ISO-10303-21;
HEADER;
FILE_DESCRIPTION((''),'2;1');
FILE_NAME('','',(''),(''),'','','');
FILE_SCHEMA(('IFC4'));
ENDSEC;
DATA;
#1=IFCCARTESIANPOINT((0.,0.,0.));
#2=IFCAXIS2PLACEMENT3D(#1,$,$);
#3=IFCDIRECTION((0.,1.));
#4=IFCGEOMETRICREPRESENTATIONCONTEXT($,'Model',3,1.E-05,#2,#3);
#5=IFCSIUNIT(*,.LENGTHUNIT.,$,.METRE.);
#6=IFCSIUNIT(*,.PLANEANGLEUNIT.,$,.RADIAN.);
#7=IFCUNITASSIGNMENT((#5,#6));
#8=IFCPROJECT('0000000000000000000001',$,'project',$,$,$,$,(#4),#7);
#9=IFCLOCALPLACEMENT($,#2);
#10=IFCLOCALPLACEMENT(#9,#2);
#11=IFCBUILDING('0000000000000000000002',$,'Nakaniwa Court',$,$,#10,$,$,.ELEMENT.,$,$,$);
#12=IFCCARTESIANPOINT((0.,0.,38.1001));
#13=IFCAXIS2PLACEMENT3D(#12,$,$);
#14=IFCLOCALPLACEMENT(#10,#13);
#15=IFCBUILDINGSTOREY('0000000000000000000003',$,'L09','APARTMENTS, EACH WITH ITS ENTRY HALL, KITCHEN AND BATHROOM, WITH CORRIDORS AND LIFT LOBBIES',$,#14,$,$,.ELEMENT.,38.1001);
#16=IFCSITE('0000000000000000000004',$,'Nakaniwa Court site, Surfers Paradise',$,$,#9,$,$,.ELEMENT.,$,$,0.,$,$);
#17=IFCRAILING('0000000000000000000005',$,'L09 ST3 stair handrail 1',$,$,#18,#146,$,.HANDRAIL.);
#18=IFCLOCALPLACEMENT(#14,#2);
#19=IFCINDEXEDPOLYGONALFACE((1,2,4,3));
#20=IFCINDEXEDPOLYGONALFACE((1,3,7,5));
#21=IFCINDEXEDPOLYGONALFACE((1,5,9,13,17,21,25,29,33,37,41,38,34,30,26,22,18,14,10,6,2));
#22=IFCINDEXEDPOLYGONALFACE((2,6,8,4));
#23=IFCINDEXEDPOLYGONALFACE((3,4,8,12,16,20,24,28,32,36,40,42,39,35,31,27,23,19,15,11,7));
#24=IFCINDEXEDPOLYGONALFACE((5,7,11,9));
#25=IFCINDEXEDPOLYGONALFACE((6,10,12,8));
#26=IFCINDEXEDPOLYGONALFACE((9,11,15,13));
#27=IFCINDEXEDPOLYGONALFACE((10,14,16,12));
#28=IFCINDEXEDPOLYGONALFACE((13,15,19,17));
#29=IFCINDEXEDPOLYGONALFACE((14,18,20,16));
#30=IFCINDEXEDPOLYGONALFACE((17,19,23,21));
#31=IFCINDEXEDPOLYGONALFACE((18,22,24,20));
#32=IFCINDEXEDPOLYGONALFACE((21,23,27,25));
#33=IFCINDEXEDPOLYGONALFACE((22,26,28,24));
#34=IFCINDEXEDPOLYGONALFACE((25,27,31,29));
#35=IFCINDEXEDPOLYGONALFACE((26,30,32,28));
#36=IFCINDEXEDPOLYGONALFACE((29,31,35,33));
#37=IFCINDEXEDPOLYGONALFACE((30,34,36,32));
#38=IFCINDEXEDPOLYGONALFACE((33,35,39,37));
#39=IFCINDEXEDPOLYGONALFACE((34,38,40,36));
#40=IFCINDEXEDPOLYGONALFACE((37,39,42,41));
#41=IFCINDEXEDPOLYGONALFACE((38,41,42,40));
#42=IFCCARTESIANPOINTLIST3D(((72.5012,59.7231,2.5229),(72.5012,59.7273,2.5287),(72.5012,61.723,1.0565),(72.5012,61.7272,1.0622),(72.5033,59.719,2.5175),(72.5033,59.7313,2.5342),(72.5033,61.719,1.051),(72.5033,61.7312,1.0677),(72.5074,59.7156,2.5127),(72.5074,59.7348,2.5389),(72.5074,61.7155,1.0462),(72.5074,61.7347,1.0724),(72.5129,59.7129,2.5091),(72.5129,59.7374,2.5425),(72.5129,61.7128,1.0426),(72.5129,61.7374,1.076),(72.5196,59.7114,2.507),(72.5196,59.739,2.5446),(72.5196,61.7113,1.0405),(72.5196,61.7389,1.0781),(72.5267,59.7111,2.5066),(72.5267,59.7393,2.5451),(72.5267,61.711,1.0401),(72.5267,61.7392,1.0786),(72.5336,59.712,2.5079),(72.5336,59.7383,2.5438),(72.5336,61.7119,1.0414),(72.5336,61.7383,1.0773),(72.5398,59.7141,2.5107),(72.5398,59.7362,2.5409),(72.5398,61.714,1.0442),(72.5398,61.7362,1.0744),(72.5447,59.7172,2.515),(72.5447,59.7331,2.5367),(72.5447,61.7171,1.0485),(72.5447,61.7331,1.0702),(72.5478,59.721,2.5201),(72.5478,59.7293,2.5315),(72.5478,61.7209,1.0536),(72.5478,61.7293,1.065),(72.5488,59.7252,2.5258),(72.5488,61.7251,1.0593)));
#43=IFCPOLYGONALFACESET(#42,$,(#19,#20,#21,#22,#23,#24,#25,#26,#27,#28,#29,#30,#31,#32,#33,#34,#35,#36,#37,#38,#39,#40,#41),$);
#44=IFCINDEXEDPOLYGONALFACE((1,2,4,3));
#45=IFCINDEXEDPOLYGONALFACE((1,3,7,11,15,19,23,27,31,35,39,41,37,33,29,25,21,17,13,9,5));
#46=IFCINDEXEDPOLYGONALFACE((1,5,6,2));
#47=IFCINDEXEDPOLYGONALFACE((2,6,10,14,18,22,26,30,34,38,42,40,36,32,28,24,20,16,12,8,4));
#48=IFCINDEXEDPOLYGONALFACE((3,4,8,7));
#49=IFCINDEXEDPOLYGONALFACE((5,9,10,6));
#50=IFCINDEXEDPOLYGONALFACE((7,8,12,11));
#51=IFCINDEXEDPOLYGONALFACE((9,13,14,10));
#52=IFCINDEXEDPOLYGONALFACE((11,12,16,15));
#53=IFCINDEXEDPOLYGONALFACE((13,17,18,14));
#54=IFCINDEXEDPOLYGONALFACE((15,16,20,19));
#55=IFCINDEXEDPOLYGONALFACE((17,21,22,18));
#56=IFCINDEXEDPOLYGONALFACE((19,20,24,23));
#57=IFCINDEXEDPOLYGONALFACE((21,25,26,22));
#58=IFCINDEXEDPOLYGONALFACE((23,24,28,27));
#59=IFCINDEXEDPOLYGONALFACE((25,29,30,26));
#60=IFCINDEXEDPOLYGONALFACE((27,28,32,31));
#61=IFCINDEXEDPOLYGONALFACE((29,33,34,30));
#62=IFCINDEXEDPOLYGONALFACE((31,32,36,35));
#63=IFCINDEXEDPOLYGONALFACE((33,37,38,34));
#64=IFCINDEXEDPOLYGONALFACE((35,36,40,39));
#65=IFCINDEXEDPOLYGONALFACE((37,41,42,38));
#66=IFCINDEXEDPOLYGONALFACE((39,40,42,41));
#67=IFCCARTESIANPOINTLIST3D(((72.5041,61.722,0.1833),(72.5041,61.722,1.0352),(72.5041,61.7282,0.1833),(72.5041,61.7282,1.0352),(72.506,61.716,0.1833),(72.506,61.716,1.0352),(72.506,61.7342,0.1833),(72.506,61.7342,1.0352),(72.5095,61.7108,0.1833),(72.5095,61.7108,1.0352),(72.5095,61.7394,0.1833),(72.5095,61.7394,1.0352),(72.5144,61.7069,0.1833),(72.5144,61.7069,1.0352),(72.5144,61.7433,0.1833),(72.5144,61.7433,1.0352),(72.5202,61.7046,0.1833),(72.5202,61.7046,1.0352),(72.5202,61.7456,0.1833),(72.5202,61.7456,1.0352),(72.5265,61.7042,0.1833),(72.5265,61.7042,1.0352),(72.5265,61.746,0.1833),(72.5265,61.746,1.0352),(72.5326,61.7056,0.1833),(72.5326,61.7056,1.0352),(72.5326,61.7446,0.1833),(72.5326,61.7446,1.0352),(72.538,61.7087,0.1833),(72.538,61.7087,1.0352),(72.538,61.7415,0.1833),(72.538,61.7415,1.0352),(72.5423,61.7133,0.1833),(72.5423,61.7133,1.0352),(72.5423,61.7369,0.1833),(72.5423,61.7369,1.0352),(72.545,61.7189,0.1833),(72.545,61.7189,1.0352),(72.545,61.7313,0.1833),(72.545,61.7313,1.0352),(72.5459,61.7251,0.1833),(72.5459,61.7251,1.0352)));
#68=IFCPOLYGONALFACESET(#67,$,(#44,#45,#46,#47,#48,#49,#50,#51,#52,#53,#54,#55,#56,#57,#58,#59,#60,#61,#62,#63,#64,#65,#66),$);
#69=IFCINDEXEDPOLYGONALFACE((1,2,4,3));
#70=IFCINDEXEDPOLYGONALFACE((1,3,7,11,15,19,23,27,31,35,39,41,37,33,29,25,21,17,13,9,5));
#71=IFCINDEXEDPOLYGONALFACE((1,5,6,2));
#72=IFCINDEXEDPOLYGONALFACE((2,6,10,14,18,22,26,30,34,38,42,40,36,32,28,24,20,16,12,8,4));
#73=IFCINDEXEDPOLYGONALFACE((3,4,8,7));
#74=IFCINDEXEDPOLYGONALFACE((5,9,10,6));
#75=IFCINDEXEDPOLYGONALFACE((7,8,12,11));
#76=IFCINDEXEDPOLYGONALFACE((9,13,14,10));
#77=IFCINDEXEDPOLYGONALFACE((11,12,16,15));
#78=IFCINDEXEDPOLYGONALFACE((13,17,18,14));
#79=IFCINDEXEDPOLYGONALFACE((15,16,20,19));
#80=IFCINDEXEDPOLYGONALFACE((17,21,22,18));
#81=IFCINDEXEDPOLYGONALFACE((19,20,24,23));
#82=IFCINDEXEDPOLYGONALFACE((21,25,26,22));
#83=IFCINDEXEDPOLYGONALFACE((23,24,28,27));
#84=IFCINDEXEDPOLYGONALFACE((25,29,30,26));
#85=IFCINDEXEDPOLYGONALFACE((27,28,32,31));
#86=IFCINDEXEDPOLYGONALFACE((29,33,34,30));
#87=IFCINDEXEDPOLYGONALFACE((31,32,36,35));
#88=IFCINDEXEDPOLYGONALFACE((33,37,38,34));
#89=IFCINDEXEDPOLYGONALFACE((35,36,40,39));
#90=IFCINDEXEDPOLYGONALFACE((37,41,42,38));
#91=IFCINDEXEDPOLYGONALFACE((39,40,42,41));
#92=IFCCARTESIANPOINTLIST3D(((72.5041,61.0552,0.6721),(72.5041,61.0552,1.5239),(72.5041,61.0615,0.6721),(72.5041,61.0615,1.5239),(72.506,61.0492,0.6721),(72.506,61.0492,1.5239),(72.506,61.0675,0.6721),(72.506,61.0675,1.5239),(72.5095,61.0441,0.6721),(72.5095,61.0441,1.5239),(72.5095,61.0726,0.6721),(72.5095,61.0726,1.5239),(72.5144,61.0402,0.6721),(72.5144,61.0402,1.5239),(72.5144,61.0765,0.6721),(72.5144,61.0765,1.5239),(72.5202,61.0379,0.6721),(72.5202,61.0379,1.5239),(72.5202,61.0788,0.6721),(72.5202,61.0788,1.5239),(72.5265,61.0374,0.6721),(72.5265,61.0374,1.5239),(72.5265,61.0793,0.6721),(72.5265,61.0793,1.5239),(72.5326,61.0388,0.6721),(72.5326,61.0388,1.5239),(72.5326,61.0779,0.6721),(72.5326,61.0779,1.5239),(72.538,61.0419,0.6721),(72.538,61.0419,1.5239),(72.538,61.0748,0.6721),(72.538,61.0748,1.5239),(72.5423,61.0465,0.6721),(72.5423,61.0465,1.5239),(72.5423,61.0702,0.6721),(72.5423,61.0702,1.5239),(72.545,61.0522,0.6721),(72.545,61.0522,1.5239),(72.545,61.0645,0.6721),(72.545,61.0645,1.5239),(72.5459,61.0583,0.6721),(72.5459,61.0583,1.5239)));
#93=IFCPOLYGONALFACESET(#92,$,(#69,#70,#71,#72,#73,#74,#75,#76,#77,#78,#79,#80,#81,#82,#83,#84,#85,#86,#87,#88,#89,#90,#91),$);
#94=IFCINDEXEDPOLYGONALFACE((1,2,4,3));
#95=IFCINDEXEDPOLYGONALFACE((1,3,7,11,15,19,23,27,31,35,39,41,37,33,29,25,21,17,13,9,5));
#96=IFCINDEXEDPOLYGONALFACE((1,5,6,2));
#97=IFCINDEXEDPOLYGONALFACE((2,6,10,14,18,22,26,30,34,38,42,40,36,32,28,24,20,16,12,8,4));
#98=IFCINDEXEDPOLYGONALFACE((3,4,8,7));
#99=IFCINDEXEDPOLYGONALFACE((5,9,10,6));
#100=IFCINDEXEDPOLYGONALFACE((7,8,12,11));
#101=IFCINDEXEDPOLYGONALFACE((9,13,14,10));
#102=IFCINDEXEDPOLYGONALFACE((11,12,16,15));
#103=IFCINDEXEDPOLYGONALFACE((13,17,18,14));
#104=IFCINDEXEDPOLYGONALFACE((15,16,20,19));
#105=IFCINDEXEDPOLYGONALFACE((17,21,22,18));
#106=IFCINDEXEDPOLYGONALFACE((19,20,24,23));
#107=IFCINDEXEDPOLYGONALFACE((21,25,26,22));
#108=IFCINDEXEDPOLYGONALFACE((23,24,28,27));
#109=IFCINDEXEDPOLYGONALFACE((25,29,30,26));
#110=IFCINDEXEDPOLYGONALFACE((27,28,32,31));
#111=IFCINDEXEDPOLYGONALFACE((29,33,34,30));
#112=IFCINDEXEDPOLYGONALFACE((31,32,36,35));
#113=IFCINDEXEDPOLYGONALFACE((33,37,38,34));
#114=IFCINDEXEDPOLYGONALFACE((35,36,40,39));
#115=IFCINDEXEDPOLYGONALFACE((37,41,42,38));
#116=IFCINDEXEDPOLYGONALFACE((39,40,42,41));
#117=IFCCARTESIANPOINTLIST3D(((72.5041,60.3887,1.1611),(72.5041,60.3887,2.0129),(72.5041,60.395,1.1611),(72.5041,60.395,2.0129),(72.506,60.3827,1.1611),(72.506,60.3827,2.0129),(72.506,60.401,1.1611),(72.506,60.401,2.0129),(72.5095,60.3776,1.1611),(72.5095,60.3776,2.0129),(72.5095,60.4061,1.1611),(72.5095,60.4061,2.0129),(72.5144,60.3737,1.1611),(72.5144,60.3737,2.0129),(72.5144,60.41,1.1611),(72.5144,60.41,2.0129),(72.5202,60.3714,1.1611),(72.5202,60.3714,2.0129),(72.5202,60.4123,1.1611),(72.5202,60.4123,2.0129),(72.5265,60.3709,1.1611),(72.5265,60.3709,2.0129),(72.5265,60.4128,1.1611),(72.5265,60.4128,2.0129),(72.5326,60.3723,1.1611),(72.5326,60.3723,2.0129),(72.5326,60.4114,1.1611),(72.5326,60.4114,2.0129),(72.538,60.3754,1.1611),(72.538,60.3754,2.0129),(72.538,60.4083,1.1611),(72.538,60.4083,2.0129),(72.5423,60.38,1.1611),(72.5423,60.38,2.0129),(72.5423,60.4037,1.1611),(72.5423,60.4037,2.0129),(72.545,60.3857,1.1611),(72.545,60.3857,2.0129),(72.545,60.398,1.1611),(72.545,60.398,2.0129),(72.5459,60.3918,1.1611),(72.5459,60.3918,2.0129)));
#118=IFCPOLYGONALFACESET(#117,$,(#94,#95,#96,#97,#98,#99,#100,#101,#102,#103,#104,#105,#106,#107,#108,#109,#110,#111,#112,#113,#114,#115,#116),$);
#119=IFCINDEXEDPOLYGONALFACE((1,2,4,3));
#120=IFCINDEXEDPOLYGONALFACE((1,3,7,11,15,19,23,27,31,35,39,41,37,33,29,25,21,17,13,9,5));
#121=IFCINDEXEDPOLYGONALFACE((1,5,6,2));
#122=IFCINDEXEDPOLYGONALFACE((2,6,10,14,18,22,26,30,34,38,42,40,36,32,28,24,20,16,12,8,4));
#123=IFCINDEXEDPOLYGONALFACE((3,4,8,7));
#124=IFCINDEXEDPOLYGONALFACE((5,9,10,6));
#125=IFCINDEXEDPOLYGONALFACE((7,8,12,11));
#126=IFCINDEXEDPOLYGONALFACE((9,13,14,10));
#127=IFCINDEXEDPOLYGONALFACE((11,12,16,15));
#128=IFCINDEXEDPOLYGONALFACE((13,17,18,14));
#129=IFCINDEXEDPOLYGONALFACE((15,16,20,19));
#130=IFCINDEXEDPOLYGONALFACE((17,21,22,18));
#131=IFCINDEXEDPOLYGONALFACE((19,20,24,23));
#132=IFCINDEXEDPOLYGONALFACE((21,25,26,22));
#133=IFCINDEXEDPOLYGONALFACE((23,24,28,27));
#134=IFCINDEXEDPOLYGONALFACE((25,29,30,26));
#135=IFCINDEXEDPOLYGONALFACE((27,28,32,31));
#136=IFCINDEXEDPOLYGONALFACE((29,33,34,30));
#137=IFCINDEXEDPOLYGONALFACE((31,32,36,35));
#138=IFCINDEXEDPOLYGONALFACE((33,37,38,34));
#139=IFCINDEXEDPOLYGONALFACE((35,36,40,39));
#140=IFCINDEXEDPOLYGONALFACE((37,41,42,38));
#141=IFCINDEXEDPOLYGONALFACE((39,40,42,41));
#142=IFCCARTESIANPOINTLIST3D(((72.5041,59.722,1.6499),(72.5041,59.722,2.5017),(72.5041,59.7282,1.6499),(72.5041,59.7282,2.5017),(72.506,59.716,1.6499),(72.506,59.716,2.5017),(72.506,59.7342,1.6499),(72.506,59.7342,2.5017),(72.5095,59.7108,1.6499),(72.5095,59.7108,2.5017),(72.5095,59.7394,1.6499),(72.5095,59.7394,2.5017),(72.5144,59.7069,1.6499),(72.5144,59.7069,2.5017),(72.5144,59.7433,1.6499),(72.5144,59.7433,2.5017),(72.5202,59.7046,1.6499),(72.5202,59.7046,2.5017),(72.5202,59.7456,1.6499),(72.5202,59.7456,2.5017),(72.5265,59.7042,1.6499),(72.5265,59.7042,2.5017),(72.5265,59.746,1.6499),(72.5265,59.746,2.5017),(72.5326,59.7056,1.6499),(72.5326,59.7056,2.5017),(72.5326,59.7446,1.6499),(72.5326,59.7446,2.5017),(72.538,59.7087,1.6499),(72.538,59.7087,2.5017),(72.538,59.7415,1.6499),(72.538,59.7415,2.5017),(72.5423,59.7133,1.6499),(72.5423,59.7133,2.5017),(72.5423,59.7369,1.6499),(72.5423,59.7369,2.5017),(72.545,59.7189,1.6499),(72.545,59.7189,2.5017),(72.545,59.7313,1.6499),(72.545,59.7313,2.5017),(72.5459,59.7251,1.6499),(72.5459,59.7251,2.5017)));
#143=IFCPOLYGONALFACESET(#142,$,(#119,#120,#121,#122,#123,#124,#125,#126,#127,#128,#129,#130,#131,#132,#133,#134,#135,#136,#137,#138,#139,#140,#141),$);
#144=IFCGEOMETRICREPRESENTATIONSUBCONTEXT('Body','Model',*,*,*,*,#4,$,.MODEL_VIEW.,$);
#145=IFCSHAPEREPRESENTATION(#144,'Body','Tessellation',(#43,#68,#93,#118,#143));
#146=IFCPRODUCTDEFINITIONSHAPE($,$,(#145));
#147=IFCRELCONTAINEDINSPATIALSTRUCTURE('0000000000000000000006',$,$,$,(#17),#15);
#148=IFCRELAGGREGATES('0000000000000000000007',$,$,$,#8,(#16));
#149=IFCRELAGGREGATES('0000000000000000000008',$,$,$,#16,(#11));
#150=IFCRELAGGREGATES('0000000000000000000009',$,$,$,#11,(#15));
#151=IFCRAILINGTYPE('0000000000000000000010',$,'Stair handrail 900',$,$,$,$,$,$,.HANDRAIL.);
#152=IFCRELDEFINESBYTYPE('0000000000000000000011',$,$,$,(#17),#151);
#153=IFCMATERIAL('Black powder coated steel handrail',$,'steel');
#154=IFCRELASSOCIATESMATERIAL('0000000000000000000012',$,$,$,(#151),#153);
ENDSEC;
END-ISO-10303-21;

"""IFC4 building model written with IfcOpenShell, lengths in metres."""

from ifc_helpers import new_model, si_unit, direction, frame, origin, origin_2d, place, context, subcontext, project, spatial, circle, extrude, material, type_object, element, save


model = new_model("IFC4")

# Units and contexts
model_context = context("Model", 3, precision=1e-05, world=origin(), true_north=direction((0.0, 1.0)))
body_context = subcontext(model_context, "Body", "Model", "MODEL_VIEW")
ifc_project = project(units=[si_unit("LENGTHUNIT", "METRE"), si_unit("PLANEANGLEUNIT", "RADIAN")], contexts=[model_context])

# Site, building, storey
site_placement = place(None, origin())
site = spatial("IfcSite", under=ifc_project, at=site_placement, Name="Nakaniwa Court site, Surfers Paradise", CompositionType="ELEMENT", RefElevation=0.0)
building_placement = place(site_placement, origin())
building = spatial("IfcBuilding", under=site, at=building_placement, Name="Nakaniwa Court", CompositionType="ELEMENT")
storey_placement = place(building_placement, frame((0.0, 0.0, 38.1001)))
storey = spatial("IfcBuildingStorey", under=building, at=storey_placement, Name="L09", Description="APARTMENTS, EACH WITH ITS ENTRY HALL, KITCHEN AND BATHROOM, WITH CORRIDORS AND LIFT LOBBIES", CompositionType="ELEMENT", Elevation=38.1001)

# Railing
ifc_material_1 = material(Name="Black powder coated steel handrail", Category="steel")
railing_type_1 = type_object("IfcRailingType", Name="Stair handrail 900", PredefinedType="HANDRAIL", material=ifc_material_1)
railing_1_placement = place(storey_placement, frame((72.5249, 61.7251, 0.1833)))
element("IfcRailing", 1, at=railing_1_placement, inside=storey, type_object=railing_type_1, Name="L09 ST3 stair handrail 1", PredefinedType="HANDRAIL", context=body_context, shape_type="SweptSolid", body=[
    extrude(circle(Radius=0.0239, at=origin_2d()), frame((0.0, 0.0, 0.876), z_axis=(0.0, -0.806427, 0.591334), x_axis=(1.0, 0.0, 0.0)), (0.0, 0.0, 1.0), 2.48),
    extrude(circle(Radius=0.021, at=origin_2d()), origin(), (0.0, 0.0, 1.0), 0.8518),
    extrude(circle(Radius=0.021, at=origin_2d()), frame((0.0, -0.6667, 0.4888)), (0.0, 0.0, 1.0), 0.8518),
    extrude(circle(Radius=0.021, at=origin_2d()), frame((0.0, -1.3333, 0.9778)), (0.0, 0.0, 1.0), 0.8518),
    extrude(circle(Radius=0.021, at=origin_2d()), frame((0.0, -2.0, 1.4666)), (0.0, 0.0, 1.0), 0.8518),
])

save(model, "model.ifc")
